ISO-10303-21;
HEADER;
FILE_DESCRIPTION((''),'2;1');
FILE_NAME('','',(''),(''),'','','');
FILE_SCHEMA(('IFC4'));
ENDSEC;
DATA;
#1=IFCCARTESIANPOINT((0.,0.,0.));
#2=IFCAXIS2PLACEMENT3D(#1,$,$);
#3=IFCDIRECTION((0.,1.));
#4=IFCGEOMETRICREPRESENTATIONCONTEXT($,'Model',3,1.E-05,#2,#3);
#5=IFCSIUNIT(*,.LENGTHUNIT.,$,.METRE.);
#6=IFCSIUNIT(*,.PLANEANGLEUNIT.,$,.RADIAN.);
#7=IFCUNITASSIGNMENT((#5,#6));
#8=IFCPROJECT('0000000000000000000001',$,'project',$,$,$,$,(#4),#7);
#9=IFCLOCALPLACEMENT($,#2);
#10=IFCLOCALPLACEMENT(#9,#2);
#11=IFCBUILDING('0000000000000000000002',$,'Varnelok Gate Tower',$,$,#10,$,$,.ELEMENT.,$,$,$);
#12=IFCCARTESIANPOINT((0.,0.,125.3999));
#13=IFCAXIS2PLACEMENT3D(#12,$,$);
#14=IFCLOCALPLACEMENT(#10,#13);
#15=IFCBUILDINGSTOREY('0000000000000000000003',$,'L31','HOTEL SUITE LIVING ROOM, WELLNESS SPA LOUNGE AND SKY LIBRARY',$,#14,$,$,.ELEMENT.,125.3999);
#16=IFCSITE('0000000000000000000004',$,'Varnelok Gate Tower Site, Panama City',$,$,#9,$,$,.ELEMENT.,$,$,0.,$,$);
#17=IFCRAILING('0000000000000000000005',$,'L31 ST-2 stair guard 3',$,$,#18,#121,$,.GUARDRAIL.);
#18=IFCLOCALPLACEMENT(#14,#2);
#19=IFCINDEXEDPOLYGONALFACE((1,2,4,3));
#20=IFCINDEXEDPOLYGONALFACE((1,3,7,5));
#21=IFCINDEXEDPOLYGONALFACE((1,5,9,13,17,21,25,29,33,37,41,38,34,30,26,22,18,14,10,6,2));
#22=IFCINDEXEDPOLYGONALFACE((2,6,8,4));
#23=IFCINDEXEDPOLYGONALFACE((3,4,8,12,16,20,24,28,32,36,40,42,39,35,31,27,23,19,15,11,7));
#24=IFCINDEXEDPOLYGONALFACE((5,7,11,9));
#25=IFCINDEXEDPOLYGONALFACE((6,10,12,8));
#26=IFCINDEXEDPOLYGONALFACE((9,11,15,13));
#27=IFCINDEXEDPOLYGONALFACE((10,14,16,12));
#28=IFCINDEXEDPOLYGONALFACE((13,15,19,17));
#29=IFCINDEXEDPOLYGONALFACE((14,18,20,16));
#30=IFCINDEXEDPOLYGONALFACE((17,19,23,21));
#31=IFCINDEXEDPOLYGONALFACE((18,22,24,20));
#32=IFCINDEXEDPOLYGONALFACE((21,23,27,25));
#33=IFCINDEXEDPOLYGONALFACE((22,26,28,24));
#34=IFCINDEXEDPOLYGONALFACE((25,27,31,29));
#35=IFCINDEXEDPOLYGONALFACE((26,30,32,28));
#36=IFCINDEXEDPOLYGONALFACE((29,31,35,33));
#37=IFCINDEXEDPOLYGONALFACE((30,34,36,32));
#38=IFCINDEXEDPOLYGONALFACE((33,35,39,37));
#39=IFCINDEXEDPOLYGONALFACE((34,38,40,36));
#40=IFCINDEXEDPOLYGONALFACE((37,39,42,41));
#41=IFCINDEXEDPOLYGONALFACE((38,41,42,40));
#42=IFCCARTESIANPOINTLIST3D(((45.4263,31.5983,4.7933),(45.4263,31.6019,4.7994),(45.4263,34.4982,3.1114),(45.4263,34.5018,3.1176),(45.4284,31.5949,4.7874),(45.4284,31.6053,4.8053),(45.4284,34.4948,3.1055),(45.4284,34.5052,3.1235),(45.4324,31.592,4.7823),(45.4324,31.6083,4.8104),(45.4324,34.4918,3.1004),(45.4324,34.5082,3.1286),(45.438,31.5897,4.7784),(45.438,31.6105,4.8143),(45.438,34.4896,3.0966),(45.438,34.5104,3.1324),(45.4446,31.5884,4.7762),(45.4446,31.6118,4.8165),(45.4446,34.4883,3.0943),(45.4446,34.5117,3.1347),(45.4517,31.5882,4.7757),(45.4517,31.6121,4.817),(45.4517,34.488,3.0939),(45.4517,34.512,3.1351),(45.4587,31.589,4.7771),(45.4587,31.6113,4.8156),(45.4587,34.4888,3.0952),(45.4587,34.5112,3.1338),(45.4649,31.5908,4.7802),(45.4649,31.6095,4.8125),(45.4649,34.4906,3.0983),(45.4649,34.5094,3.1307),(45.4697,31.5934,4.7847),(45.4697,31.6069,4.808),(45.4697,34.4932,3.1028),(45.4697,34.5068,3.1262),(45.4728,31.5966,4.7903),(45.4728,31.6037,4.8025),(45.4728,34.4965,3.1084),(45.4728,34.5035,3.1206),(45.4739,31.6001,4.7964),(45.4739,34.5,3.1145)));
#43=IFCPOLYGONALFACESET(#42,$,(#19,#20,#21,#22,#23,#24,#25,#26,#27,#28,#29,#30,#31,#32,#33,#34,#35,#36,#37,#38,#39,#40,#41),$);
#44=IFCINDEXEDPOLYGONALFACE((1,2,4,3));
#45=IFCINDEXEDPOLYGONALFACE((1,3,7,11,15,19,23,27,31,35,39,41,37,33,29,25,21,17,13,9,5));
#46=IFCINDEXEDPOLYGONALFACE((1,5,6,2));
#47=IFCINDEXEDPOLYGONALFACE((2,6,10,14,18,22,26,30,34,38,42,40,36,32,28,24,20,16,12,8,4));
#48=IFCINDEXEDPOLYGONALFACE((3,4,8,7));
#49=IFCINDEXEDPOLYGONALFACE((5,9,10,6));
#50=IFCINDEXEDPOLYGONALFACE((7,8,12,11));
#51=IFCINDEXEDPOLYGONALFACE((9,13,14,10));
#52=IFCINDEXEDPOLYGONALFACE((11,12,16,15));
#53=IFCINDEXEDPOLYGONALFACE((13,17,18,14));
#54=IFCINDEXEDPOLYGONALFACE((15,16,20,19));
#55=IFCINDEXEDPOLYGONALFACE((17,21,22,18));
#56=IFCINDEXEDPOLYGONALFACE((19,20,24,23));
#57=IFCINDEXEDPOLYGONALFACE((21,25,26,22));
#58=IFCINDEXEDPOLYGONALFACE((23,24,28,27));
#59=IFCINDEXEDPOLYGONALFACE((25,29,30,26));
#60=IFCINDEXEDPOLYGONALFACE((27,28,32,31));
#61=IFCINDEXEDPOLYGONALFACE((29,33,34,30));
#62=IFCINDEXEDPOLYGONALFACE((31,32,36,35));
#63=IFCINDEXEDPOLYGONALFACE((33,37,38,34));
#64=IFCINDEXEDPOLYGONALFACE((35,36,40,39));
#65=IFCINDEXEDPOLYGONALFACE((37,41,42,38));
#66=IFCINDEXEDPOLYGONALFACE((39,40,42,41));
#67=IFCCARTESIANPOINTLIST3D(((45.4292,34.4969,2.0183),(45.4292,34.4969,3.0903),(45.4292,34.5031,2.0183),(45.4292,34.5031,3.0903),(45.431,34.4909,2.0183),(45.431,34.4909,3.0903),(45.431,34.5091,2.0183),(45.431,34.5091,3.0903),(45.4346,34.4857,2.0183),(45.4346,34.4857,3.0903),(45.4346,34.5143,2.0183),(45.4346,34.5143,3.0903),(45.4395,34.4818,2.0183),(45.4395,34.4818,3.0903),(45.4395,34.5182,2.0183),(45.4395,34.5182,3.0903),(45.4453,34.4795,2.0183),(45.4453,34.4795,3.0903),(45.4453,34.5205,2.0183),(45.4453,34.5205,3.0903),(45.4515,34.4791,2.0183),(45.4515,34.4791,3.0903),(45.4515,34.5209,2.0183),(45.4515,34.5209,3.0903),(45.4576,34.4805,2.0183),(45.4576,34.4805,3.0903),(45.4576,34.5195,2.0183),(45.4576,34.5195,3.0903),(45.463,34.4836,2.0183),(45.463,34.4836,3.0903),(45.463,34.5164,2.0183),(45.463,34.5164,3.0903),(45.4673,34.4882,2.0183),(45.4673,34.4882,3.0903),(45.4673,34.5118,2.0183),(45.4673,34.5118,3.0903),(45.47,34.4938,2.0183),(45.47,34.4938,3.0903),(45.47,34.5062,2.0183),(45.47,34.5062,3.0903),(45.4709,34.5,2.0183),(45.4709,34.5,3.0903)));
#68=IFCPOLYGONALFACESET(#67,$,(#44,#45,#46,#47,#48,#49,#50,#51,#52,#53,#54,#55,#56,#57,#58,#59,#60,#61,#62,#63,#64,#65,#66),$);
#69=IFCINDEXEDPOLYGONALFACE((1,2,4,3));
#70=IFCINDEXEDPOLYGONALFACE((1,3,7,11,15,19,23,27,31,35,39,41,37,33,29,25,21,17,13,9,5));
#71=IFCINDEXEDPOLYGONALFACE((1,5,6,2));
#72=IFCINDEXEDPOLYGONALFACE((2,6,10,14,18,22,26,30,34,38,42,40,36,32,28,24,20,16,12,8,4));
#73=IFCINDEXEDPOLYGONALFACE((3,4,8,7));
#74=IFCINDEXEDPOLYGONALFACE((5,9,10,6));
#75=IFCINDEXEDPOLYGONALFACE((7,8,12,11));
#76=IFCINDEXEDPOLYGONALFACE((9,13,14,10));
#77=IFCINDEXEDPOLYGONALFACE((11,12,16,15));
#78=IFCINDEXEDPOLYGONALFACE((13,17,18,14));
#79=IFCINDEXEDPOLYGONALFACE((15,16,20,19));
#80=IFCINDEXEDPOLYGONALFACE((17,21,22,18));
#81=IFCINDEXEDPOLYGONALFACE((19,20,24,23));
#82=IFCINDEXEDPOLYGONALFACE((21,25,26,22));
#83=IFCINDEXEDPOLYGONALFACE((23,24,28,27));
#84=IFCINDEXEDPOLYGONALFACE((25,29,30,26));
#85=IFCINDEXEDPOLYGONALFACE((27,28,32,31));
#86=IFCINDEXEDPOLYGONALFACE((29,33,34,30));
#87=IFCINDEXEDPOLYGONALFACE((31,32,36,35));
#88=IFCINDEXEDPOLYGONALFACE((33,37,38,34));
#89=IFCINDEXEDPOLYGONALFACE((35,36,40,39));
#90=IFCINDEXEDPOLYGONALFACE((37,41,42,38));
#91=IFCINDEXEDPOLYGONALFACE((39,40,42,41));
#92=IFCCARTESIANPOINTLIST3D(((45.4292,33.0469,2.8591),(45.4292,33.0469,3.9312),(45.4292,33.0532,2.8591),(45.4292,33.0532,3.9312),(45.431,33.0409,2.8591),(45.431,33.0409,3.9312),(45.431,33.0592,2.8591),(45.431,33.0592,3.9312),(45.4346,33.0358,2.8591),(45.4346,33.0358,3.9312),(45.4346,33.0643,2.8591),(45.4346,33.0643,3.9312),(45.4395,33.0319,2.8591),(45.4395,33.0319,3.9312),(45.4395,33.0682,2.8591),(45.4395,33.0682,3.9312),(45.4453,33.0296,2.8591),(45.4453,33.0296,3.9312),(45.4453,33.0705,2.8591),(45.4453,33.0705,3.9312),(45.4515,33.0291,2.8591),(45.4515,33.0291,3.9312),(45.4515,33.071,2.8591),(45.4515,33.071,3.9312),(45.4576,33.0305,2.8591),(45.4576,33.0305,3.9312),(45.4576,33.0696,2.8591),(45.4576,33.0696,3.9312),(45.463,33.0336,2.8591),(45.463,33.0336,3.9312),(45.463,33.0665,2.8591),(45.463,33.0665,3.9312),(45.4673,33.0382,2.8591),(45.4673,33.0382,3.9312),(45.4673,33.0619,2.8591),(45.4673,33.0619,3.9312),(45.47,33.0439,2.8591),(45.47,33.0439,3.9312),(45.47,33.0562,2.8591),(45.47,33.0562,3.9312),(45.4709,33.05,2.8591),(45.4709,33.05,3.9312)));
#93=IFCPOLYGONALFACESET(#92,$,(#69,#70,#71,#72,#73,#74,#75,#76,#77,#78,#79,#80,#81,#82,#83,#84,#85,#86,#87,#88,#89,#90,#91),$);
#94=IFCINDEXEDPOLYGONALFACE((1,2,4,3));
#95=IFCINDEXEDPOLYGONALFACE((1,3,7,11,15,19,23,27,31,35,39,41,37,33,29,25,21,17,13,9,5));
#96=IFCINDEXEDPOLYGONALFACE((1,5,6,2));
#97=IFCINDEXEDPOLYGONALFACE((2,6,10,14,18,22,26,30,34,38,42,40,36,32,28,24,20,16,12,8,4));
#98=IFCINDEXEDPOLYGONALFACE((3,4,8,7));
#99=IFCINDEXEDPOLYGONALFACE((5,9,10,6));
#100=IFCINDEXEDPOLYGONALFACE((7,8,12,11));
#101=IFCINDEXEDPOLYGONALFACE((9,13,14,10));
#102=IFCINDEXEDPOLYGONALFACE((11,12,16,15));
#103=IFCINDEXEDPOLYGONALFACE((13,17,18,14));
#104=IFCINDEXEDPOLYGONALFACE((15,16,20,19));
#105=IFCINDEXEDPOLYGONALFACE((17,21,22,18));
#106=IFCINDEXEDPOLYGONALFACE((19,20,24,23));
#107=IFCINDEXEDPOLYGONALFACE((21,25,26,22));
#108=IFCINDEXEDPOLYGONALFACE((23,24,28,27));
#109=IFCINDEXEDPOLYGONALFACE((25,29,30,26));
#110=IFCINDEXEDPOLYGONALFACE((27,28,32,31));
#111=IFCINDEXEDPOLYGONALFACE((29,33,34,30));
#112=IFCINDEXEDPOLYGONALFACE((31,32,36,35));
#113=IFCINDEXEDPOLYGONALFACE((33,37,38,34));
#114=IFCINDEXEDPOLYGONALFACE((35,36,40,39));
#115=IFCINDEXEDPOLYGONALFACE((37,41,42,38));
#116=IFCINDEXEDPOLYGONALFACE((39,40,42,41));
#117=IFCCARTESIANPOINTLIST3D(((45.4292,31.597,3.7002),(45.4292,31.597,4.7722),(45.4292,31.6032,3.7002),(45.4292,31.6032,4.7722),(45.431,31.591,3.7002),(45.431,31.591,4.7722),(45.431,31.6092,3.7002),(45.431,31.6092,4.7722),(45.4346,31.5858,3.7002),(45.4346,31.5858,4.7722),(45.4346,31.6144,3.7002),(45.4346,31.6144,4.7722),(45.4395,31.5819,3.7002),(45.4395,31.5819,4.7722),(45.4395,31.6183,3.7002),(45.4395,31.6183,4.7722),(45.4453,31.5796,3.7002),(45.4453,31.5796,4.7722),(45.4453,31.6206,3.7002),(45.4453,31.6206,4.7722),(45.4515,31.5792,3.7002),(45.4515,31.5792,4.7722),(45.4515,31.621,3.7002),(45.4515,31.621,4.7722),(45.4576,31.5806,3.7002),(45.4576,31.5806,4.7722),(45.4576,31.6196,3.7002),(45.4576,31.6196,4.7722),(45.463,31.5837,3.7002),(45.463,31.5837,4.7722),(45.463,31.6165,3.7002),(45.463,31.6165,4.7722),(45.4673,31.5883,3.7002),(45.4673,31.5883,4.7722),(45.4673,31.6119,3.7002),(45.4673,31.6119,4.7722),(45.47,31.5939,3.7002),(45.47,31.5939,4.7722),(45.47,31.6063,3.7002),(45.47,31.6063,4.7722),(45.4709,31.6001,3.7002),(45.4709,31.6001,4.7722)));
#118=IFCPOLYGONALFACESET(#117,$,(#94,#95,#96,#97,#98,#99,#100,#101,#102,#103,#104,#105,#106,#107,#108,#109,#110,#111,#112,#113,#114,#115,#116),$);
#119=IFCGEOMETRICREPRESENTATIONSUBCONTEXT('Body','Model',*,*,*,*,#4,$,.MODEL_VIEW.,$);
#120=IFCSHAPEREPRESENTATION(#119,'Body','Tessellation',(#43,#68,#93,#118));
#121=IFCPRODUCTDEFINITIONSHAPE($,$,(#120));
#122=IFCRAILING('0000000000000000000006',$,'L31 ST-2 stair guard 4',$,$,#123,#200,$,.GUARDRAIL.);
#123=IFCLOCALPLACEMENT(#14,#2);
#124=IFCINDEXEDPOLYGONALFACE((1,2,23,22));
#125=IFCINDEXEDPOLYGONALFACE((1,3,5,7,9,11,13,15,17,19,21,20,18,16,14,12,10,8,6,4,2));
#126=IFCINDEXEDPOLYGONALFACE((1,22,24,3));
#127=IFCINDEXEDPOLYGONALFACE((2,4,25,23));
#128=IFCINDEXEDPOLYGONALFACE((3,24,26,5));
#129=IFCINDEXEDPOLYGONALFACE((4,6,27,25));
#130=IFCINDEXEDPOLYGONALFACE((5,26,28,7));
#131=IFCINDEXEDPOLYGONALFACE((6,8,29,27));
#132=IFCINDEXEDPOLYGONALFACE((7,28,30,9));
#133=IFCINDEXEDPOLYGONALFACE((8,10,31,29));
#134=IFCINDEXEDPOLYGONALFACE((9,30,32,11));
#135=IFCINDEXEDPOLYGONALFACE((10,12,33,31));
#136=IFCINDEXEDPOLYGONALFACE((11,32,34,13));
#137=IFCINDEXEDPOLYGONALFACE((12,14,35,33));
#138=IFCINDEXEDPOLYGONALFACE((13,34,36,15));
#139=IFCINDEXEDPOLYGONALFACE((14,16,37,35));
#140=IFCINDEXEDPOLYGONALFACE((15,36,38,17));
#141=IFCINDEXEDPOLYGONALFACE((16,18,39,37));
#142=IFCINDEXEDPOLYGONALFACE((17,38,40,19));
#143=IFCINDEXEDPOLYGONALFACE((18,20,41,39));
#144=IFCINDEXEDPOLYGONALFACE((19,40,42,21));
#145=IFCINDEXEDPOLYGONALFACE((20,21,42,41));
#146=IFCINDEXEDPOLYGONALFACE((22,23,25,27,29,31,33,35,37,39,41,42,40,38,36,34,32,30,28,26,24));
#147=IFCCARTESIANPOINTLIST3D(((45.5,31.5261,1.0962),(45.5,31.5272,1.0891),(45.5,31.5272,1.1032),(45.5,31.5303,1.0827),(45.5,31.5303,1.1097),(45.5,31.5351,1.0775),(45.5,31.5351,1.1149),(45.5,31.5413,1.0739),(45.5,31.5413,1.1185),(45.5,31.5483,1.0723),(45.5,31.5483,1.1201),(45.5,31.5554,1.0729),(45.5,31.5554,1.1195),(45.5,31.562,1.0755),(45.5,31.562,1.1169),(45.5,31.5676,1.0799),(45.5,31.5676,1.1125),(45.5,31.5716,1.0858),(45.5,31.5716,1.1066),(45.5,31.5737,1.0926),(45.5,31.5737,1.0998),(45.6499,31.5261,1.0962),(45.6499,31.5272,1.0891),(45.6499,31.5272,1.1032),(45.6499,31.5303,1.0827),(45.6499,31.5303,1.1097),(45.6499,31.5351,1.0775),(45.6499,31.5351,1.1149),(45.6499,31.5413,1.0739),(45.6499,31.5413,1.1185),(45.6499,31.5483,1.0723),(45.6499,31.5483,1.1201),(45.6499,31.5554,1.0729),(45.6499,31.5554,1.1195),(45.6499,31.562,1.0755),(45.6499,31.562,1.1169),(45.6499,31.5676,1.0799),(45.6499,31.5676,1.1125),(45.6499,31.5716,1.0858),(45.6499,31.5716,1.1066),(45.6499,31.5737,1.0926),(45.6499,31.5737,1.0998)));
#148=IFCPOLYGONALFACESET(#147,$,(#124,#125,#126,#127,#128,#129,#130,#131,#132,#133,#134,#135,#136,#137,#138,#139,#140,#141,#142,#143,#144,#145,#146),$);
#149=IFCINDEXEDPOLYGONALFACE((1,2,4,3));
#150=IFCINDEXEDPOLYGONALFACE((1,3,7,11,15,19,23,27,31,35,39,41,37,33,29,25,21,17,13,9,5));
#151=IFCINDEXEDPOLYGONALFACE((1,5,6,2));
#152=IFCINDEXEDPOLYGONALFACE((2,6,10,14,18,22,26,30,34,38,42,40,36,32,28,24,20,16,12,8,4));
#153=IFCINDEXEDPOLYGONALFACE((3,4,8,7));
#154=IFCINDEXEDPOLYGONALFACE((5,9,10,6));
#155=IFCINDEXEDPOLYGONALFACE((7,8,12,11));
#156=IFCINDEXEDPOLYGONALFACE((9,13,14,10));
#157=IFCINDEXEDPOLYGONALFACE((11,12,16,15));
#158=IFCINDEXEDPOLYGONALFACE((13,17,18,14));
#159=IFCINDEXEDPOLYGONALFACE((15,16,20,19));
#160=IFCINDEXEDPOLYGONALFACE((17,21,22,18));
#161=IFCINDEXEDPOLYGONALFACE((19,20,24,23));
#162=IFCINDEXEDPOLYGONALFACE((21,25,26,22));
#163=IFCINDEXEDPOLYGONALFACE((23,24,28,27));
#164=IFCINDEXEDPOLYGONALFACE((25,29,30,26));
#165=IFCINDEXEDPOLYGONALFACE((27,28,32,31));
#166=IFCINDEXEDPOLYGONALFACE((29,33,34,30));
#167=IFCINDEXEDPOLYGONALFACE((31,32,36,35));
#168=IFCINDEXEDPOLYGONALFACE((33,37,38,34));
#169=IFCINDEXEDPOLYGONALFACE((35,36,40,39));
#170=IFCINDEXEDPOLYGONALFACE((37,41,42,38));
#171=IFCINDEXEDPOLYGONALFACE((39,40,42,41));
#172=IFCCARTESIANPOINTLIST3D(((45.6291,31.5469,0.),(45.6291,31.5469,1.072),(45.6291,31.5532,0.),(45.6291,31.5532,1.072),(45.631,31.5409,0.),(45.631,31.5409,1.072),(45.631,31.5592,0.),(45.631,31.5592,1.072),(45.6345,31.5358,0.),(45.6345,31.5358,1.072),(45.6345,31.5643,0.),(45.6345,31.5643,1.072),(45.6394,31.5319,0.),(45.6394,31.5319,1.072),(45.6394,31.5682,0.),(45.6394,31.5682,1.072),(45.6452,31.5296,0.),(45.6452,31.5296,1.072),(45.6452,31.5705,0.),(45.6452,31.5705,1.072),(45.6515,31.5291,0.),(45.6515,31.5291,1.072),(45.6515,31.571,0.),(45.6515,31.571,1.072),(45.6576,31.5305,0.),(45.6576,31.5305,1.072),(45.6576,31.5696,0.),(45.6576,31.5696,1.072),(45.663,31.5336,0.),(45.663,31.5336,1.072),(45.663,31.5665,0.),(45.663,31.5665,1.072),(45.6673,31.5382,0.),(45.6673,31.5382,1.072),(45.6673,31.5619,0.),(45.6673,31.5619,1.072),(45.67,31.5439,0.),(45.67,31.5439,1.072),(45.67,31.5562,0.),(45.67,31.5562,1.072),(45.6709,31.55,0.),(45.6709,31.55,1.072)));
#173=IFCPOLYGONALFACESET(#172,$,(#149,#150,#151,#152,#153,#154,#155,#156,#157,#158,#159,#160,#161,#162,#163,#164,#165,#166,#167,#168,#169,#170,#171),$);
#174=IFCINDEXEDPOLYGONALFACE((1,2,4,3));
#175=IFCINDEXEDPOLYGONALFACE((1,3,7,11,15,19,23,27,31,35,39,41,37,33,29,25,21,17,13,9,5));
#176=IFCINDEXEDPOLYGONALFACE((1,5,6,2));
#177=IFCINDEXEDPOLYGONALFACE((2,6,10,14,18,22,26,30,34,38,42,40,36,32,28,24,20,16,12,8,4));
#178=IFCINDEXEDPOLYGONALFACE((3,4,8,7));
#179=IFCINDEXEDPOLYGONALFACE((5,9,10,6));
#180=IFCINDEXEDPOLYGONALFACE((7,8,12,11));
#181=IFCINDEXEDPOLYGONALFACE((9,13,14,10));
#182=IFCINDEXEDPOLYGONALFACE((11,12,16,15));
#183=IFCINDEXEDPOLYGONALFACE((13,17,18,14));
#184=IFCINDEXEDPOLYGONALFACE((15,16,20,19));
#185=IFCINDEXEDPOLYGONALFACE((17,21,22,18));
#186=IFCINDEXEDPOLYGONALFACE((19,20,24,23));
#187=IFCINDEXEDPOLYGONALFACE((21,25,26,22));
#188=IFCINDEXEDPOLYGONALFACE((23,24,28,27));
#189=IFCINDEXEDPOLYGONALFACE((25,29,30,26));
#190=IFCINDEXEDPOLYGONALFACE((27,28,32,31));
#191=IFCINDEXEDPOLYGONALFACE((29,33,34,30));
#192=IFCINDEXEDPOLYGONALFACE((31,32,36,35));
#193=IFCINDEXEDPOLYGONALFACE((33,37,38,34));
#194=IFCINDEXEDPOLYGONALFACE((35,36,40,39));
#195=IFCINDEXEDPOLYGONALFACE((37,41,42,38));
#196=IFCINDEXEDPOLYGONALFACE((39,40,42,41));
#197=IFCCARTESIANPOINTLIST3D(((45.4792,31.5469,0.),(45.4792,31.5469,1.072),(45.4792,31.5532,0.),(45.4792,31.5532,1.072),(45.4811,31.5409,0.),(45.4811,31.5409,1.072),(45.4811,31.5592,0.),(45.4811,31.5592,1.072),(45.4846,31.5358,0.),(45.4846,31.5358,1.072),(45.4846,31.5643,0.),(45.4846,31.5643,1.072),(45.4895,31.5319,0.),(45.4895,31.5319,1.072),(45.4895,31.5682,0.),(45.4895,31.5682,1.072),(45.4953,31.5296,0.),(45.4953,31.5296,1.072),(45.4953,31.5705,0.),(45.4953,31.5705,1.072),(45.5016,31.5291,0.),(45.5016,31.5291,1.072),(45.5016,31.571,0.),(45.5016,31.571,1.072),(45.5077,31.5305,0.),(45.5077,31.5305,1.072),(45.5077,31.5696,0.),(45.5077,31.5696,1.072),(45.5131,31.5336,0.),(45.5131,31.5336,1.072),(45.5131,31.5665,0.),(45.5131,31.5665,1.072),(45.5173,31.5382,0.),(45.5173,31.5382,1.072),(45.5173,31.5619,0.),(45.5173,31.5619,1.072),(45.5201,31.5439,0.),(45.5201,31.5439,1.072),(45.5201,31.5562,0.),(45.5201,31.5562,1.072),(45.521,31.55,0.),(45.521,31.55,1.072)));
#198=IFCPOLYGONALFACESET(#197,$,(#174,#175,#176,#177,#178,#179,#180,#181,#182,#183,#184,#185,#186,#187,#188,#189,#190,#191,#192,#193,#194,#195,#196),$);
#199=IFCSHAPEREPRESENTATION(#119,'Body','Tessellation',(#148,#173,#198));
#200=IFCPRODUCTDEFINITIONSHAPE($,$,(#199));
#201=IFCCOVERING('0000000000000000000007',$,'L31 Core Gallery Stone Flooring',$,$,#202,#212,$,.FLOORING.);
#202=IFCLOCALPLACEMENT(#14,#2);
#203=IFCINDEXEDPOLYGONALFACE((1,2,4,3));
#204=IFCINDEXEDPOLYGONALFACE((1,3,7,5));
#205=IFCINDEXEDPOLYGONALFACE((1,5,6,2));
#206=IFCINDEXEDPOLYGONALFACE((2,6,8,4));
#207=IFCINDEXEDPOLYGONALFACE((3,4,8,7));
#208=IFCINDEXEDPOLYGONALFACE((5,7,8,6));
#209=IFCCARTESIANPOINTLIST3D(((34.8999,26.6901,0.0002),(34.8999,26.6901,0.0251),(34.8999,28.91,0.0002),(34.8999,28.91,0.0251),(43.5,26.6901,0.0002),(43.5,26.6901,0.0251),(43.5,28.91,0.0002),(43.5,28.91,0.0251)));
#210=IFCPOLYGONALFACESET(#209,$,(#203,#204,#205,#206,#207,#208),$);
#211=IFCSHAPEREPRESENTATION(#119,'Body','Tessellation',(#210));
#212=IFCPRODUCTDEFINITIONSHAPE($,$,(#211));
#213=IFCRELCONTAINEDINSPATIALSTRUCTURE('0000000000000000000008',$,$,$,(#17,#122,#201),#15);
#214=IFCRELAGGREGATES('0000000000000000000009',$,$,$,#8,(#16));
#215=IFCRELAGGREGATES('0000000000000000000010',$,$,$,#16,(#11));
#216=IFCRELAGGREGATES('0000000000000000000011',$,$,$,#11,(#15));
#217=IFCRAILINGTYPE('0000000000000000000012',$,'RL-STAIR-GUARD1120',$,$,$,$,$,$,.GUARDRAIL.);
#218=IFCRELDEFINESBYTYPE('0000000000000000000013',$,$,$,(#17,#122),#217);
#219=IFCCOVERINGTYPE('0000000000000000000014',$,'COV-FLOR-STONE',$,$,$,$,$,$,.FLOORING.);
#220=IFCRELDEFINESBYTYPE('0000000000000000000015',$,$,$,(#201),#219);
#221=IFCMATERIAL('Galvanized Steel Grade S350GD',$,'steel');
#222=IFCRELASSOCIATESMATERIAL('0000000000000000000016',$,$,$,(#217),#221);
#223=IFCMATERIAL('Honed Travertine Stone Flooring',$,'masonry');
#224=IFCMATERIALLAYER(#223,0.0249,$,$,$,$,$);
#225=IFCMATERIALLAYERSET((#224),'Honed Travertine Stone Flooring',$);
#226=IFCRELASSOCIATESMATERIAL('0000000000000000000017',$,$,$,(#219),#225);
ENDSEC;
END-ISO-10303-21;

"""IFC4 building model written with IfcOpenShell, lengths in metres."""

from ifc_helpers import new_model, si_unit, direction, frame, origin, origin_2d, place, context, subcontext, project, spatial, rectangle, circle, extrude, source, transform, mapped, material, layer, layer_set, type_object, element, save


model = new_model("IFC4")

# Units and contexts
model_context = context("Model", 3, precision=1e-05, world=origin(), true_north=direction((0.0, 1.0)))
body_context = subcontext(model_context, "Body", "Model", "MODEL_VIEW")
ifc_project = project(units=[si_unit("LENGTHUNIT", "METRE"), si_unit("PLANEANGLEUNIT", "RADIAN")], contexts=[model_context])

# Site, building, storey
site_placement = place(None, origin())
site = spatial("IfcSite", under=ifc_project, at=site_placement, Name="Varnelok Gate Tower Site, Panama City", CompositionType="ELEMENT", RefElevation=0.0)
building_placement = place(site_placement, origin())
building = spatial("IfcBuilding", under=site, at=building_placement, Name="Varnelok Gate Tower", CompositionType="ELEMENT")
storey_placement = place(building_placement, frame((0.0, 0.0, 125.3999)))
storey = spatial("IfcBuildingStorey", under=building, at=storey_placement, Name="L31", Description="HOTEL SUITE LIVING ROOM, WELLNESS SPA LOUNGE AND SKY LIBRARY", CompositionType="ELEMENT", Elevation=125.3999)

# Shared definitions
ifc_material_1 = material(Name="Galvanized Steel Grade S350GD", Category="steel")

# Railings
railing_type_1 = type_object("IfcRailingType", Name="RL-STAIR-GUARD1120", PredefinedType="GUARDRAIL", material=ifc_material_1)
railing_1_placement = place(storey_placement, frame((45.45, 34.5, 2.0183)))
element("IfcRailing", 1, at=railing_1_placement, inside=storey, type_object=railing_type_1, Name="L31 ST-2 stair guard 3", PredefinedType="GUARDRAIL", context=body_context, shape_type="SweptSolid", body=[
    extrude(circle(Radius=0.0239, at=origin_2d()), frame((0.0, 0.0, 1.0962), z_axis=(0.0, -0.865039, 0.501705), x_axis=(1.0, 0.0, 0.0)), (0.0, 0.0, 1.0), 3.3523),
    extrude(circle(Radius=0.021, at=origin_2d()), origin(), (0.0, 0.0, 1.0), 1.072),
    extrude(circle(Radius=0.021, at=origin_2d()), frame((0.0, -1.45, 0.8408)), (0.0, 0.0, 1.0), 1.072),
    extrude(circle(Radius=0.021, at=origin_2d()), frame((0.0, -2.8999, 1.6819)), (0.0, 0.0, 1.0), 1.072),
])
railing_2_placement = place(storey_placement, frame((45.6499, 31.55, 0.0)))
element("IfcRailing", 2, at=railing_2_placement, inside=storey, type_object=railing_type_1, Name="L31 ST-2 stair guard 4", PredefinedType="GUARDRAIL", context=body_context, shape_type="SweptSolid", body=[
    extrude(circle(Radius=0.0239, at=origin_2d()), frame((0.0, 0.0, 1.0962), z_axis=(-1.0, 0.0, 0.0), x_axis=(0.0, -1.0, 0.0)), (0.0, 0.0, 1.0), 0.1499),
    extrude(circle(Radius=0.021, at=origin_2d()), origin(), (0.0, 0.0, 1.0), 1.072),
    extrude(circle(Radius=0.021, at=origin_2d()), frame((-0.1499, 0.0, 0.0)), (0.0, 0.0, 1.0), 1.072),
])

# Covering
ifc_material_2 = material(Name="Honed Travertine Stone Flooring", Category="masonry")
ifc_layer_1 = layer(ifc_material_2, 0.0249)
ifc_layer_set_1 = layer_set([ifc_layer_1], Name="Honed Travertine Stone Flooring")
covering_type_1 = type_object("IfcCoveringType", Name="COV-FLOR-STONE", PredefinedType="FLOORING", material=ifc_layer_set_1)
shared_shape_1 = source(origin(), body_context, "Body", "SweptSolid", [
    extrude(rectangle(XDim=8.6001, YDim=2.22, at=origin_2d()), origin(), (0.0, 0.0, 1.0), 0.0249),
])
covering_1_placement = place(storey_placement, frame((39.2, 27.8, 0.0002), z_axis=(0.0, 0.0, 1.0), x_axis=(1.0, 0.0, 0.0)))
element("IfcCovering", 3, at=covering_1_placement, inside=storey, type_object=covering_type_1, Name="L31 Core Gallery Stone Flooring", PredefinedType="FLOORING", context=body_context, shape_type="MappedRepresentation", body=[
    mapped(shared_shape_1, transform((0.0, 0.0, 0.0), scale=1.0)),
])

save(model, "model.ifc")
